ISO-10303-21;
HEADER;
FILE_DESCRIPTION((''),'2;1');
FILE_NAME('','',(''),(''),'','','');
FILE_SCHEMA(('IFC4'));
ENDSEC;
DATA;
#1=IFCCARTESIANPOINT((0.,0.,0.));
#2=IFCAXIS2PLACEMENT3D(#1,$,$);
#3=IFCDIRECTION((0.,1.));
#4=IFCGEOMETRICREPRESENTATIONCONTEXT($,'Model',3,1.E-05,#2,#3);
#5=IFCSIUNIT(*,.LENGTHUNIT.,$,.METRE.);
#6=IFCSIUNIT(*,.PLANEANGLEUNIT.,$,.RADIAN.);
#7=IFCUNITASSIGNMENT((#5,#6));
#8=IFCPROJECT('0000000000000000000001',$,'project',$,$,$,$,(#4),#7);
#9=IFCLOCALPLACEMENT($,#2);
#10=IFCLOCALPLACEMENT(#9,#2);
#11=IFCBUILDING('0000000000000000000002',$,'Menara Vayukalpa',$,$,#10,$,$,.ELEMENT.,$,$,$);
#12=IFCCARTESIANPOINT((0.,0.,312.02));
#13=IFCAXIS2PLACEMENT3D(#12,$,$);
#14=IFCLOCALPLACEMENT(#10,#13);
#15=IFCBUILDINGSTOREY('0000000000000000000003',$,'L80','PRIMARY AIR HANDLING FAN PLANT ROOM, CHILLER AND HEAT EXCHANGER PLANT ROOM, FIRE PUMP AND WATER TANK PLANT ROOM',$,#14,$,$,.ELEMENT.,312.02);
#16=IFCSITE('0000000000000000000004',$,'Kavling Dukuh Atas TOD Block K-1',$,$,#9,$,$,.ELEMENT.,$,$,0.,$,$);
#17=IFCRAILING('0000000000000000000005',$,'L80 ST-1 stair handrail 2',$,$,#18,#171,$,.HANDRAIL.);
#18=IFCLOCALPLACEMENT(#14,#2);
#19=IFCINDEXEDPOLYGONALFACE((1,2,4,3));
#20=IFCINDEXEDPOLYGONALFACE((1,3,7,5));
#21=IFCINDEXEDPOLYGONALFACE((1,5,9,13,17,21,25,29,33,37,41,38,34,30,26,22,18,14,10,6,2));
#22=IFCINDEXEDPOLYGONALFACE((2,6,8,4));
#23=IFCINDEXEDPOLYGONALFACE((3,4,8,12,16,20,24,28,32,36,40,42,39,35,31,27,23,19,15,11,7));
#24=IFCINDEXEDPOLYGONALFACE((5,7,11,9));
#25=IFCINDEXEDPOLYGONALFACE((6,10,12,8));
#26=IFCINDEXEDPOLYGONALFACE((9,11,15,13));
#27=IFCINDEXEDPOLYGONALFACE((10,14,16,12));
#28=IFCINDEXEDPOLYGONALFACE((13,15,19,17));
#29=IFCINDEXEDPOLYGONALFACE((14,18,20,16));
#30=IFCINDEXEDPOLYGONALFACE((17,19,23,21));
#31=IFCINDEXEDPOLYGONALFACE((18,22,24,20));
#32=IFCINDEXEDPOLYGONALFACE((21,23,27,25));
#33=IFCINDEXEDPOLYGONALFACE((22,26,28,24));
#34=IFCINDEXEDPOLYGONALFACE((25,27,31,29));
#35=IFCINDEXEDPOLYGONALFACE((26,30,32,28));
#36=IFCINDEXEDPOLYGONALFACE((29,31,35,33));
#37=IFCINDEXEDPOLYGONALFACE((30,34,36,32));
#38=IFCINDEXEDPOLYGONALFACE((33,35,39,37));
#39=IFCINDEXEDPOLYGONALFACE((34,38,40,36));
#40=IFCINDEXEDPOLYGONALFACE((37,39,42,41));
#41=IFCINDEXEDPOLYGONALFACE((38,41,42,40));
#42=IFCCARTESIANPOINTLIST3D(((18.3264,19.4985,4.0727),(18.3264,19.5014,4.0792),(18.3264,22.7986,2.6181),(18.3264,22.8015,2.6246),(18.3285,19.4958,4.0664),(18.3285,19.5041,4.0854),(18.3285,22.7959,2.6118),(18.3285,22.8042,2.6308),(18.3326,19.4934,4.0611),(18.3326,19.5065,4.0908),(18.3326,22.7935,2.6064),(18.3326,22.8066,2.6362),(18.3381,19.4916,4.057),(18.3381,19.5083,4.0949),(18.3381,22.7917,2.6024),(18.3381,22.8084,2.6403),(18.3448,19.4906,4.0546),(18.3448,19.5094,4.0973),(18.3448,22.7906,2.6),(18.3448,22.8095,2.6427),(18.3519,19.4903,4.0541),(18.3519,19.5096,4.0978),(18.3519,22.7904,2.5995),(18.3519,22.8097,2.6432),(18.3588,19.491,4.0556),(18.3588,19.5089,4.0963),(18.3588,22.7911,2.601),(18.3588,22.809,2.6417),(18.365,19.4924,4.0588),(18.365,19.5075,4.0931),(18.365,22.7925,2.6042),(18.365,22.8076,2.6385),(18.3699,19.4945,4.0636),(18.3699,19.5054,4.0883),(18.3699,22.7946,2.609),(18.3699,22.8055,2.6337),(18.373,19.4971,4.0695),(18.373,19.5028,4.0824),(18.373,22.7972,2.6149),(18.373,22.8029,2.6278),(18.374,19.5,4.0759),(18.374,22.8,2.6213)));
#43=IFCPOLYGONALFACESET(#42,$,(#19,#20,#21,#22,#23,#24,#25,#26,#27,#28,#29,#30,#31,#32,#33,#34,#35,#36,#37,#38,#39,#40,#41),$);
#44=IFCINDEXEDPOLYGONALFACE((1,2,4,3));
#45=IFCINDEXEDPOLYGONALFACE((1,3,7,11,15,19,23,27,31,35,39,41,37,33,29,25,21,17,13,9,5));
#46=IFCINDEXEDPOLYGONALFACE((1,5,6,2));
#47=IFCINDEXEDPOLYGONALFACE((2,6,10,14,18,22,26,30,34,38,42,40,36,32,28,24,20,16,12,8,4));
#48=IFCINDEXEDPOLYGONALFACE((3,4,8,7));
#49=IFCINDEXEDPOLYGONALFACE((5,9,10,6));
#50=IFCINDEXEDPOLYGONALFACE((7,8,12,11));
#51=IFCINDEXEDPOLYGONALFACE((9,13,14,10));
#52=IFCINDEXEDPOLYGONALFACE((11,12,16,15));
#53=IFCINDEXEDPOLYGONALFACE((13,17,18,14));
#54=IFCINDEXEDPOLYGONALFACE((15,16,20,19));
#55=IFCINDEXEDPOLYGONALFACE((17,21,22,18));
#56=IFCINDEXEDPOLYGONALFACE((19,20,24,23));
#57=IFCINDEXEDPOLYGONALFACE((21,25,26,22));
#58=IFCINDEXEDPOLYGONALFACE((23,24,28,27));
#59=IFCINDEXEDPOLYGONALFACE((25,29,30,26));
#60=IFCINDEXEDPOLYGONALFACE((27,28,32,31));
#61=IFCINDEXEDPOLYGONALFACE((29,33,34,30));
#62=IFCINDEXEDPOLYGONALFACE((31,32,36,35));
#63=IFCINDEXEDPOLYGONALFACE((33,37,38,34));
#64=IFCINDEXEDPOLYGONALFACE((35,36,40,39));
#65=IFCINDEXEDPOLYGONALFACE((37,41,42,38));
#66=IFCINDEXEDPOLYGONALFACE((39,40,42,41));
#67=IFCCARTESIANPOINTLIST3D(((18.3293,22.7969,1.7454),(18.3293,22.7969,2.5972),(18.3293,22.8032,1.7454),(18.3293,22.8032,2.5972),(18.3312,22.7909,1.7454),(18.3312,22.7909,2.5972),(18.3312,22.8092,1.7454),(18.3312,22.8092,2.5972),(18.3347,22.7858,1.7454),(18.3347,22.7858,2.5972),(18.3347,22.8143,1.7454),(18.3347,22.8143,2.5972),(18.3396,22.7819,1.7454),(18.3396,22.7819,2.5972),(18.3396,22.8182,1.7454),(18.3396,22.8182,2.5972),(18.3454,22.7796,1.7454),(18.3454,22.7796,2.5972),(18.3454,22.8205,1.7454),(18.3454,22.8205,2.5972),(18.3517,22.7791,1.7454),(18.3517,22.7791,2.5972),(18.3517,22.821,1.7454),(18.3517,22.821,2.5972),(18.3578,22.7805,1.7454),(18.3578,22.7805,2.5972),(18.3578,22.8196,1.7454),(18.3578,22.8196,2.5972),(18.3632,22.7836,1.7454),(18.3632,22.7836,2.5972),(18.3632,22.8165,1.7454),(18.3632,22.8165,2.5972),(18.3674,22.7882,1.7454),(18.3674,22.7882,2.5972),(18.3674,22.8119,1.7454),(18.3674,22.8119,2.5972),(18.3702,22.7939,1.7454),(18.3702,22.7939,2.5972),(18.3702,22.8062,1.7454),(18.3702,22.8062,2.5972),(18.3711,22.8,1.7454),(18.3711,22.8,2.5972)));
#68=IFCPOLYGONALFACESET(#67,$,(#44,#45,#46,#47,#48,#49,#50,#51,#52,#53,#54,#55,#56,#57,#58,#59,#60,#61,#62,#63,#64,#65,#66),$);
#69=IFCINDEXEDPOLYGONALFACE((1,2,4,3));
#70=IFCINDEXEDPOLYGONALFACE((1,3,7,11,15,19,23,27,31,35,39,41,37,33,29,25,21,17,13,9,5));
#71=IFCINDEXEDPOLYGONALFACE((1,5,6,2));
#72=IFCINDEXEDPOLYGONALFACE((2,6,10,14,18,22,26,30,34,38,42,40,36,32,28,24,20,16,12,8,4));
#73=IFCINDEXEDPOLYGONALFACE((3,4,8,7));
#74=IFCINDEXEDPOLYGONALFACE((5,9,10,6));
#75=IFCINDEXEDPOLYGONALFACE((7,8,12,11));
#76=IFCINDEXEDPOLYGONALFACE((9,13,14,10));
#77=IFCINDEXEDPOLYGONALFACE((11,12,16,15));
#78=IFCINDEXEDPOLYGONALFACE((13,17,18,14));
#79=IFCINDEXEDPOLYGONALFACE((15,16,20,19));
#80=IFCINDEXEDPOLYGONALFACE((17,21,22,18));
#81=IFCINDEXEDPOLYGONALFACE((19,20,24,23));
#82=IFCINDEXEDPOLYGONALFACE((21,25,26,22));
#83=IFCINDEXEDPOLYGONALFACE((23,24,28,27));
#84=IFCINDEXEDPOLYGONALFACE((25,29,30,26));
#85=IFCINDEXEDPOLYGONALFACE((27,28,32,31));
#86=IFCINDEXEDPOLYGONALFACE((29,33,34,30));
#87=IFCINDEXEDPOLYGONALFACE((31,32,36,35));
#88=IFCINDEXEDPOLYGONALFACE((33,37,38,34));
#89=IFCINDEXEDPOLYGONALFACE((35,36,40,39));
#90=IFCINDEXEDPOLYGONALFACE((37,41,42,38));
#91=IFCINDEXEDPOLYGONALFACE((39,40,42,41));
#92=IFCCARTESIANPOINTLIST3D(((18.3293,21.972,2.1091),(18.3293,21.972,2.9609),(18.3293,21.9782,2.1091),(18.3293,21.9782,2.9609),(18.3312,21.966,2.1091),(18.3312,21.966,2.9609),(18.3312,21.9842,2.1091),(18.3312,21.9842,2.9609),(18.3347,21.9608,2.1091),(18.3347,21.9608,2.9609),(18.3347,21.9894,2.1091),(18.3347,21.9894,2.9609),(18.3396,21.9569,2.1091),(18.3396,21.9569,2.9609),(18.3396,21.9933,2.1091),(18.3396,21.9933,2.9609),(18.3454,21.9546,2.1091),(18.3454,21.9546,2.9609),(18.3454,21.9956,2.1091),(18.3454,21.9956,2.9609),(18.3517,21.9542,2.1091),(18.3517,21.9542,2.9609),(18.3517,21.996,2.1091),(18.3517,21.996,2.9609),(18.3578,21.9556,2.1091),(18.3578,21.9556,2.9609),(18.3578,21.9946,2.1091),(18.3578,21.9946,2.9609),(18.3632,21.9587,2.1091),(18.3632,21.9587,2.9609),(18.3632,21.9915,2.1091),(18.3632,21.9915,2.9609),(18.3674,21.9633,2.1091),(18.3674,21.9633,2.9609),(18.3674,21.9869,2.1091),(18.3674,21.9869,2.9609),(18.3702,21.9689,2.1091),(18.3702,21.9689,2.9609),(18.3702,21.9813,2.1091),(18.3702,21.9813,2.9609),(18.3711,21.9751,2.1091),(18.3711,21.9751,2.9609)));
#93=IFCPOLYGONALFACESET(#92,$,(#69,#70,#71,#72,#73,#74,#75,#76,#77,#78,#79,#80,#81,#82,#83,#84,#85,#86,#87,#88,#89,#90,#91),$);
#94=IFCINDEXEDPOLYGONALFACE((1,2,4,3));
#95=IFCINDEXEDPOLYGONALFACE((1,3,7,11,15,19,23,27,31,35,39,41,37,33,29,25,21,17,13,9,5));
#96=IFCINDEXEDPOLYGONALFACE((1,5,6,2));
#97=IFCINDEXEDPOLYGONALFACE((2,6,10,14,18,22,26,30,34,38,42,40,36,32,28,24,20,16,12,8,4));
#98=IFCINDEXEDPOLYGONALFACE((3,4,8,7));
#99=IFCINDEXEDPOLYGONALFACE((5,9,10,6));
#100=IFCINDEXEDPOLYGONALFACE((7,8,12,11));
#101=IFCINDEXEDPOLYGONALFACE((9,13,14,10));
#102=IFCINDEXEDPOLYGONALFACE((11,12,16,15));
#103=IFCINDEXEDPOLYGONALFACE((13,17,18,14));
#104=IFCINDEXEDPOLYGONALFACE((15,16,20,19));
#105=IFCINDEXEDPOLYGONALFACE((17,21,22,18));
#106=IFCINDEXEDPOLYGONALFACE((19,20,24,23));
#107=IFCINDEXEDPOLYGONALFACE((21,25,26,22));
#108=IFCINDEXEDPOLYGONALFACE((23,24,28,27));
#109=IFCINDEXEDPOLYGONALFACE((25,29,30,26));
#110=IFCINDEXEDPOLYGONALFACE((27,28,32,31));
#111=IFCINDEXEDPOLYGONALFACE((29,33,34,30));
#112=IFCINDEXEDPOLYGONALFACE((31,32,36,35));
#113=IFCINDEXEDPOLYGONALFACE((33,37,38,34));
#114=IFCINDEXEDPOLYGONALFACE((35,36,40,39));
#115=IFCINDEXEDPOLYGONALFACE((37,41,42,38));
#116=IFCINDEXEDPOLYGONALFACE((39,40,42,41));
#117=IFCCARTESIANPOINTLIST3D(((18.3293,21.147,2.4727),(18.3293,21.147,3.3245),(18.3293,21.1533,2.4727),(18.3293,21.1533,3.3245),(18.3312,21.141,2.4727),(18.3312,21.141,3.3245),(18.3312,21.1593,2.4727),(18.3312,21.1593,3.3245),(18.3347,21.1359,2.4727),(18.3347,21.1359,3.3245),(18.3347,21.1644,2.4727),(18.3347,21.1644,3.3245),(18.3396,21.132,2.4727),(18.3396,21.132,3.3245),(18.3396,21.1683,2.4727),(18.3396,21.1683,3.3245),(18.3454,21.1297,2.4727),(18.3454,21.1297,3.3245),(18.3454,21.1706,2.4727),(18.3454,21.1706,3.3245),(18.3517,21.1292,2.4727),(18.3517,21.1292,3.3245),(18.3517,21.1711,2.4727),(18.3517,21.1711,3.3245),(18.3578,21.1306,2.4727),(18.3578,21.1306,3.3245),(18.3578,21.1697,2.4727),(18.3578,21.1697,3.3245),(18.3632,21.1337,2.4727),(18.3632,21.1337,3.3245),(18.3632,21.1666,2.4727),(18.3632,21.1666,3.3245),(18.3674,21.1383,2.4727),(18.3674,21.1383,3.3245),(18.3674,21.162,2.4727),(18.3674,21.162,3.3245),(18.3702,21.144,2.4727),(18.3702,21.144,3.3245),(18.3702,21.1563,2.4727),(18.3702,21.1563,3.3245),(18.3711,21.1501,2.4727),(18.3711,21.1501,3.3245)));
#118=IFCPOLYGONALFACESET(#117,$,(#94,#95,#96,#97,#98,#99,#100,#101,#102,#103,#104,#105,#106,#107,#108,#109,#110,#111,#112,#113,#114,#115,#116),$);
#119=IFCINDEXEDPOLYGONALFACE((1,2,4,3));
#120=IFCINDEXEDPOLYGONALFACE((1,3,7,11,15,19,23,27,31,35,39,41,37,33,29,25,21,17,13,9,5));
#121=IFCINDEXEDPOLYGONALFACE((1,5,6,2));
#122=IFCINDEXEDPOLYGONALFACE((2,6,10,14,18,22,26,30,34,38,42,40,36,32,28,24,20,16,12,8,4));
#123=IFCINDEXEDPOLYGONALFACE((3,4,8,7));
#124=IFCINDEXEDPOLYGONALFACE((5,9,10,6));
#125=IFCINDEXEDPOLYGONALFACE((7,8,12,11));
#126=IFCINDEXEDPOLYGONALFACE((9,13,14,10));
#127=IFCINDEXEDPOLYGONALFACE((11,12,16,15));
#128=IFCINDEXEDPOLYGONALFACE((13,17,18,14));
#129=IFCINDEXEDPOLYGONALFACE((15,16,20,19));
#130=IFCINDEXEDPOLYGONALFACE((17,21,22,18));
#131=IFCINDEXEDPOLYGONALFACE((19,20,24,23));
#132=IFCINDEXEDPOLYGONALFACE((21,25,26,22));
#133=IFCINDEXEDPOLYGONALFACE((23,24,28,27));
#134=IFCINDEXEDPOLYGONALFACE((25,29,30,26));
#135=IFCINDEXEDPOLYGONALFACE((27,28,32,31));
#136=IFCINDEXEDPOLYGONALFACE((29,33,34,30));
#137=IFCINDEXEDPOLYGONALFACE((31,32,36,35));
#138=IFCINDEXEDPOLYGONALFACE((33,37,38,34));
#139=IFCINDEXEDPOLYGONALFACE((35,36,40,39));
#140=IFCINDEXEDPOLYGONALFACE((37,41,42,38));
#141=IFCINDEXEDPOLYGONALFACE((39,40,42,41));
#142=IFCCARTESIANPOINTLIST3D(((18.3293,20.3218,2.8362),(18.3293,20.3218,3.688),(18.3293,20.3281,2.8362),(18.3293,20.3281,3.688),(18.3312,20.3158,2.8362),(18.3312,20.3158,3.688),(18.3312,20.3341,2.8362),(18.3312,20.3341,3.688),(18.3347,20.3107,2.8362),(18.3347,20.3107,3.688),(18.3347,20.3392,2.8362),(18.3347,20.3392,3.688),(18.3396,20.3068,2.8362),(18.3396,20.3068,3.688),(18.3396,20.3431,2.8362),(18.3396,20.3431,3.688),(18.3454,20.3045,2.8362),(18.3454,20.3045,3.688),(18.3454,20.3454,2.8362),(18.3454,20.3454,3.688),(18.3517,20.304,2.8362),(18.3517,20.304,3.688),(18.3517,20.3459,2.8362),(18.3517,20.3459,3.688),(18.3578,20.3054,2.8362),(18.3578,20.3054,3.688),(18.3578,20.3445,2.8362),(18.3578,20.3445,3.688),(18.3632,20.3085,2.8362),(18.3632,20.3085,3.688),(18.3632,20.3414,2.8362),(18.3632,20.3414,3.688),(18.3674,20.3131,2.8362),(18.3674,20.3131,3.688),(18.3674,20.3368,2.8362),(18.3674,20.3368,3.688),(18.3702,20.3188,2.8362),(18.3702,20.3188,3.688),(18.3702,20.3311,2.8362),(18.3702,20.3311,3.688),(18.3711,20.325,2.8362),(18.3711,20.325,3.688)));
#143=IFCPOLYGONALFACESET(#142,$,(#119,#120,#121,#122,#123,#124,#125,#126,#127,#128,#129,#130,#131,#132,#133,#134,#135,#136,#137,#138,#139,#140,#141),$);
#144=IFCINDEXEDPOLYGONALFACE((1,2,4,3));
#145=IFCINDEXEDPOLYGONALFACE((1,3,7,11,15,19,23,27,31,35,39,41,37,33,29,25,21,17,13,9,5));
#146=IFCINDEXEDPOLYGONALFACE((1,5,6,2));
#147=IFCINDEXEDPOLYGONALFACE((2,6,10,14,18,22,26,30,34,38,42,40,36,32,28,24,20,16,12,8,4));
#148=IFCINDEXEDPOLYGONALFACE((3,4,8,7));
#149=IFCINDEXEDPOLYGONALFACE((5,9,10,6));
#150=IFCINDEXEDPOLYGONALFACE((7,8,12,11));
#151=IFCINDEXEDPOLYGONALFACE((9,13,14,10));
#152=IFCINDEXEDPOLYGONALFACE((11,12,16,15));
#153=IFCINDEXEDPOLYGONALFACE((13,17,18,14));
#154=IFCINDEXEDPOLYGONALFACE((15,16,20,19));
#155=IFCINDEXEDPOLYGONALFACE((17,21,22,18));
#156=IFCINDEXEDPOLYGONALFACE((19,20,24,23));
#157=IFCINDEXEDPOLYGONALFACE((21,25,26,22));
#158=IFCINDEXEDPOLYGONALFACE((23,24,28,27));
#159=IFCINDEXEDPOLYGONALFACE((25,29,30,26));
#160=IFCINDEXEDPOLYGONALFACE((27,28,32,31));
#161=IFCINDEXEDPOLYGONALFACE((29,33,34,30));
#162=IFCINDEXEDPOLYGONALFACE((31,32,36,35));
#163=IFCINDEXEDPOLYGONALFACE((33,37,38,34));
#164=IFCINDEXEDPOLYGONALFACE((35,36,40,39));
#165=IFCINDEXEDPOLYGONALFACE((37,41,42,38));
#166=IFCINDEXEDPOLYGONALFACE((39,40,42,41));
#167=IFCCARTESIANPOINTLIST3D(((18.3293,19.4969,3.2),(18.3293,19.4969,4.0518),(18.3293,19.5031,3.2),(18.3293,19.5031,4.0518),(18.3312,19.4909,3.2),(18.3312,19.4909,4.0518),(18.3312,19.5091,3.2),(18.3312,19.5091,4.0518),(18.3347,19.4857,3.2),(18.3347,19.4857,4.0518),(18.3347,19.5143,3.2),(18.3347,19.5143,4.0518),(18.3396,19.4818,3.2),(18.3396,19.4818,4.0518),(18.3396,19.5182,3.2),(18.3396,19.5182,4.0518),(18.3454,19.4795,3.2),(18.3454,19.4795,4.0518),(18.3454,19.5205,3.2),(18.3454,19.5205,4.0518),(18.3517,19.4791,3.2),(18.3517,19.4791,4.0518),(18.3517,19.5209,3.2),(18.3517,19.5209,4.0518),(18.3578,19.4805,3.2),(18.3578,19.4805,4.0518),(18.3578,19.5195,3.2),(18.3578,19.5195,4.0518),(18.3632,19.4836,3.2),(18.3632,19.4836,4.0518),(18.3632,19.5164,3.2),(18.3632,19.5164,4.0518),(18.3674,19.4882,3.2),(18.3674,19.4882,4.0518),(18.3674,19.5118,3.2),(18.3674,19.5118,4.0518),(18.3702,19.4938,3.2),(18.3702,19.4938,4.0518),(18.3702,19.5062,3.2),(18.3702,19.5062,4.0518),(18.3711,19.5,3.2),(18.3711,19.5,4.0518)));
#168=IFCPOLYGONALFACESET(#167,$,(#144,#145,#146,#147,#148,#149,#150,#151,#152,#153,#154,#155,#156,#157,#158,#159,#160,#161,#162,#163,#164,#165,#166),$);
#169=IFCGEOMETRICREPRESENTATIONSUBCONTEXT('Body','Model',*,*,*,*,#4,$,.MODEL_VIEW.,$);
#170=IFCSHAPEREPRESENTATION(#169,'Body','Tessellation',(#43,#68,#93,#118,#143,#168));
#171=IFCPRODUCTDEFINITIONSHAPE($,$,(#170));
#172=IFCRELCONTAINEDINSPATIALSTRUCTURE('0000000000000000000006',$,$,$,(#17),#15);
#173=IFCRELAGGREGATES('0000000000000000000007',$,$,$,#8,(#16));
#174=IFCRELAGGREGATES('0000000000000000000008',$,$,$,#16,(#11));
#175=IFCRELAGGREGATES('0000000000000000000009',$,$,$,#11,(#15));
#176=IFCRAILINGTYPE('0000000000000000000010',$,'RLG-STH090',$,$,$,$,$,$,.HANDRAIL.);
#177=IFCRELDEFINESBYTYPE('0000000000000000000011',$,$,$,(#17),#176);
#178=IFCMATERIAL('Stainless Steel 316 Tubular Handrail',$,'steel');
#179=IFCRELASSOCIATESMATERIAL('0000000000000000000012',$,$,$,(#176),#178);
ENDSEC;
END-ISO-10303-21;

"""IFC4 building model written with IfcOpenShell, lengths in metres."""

from ifc_helpers import new_model, si_unit, direction, frame, origin, origin_2d, place, context, subcontext, project, spatial, circle, extrude, material, type_object, element, save


model = new_model("IFC4")

# Units and contexts
model_context = context("Model", 3, precision=1e-05, world=origin(), true_north=direction((0.0, 1.0)))
body_context = subcontext(model_context, "Body", "Model", "MODEL_VIEW")
ifc_project = project(units=[si_unit("LENGTHUNIT", "METRE"), si_unit("PLANEANGLEUNIT", "RADIAN")], contexts=[model_context])

# Site, building, storey
site_placement = place(None, origin())
site = spatial("IfcSite", under=ifc_project, at=site_placement, Name="Kavling Dukuh Atas TOD Block K-1", CompositionType="ELEMENT", RefElevation=0.0)
building_placement = place(site_placement, origin())
building = spatial("IfcBuilding", under=site, at=building_placement, Name="Menara Vayukalpa", CompositionType="ELEMENT")
storey_placement = place(building_placement, frame((0.0, 0.0, 312.02)))
storey = spatial("IfcBuildingStorey", under=building, at=storey_placement, Name="L80", Description="PRIMARY AIR HANDLING FAN PLANT ROOM, CHILLER AND HEAT EXCHANGER PLANT ROOM, FIRE PUMP AND WATER TANK PLANT ROOM", CompositionType="ELEMENT", Elevation=312.02)

# Railing
ifc_material_1 = material(Name="Stainless Steel 316 Tubular Handrail", Category="steel")
railing_type_1 = type_object("IfcRailingType", Name="RLG-STH090", PredefinedType="HANDRAIL", material=ifc_material_1)
railing_1_placement = place(storey_placement, frame((18.3501, 22.8, 1.7454)))
element("IfcRailing", 1, at=railing_1_placement, inside=storey, type_object=railing_type_1, Name="L80 ST-1 stair handrail 2", PredefinedType="HANDRAIL", context=body_context, shape_type="SweptSolid", body=[
    extrude(circle(Radius=0.0239, at=origin_2d()), frame((0.0, 0.0, 0.876), z_axis=(0.0, -0.915052, 0.403335), x_axis=(1.0, 0.0, 0.0)), (0.0, 0.0, 1.0), 3.6064),
    extrude(circle(Radius=0.021, at=origin_2d()), origin(), (0.0, 0.0, 1.0), 0.8518),
    extrude(circle(Radius=0.021, at=origin_2d()), frame((0.0, -0.825, 0.3638)), (0.0, 0.0, 1.0), 0.8518),
    extrude(circle(Radius=0.021, at=origin_2d()), frame((0.0, -1.6499, 0.7273)), (0.0, 0.0, 1.0), 0.8518),
    extrude(circle(Radius=0.021, at=origin_2d()), frame((0.0, -2.4751, 1.0908)), (0.0, 0.0, 1.0), 0.8518),
    extrude(circle(Radius=0.021, at=origin_2d()), frame((0.0, -3.3, 1.4546)), (0.0, 0.0, 1.0), 0.8518),
])

save(model, "model.ifc")
